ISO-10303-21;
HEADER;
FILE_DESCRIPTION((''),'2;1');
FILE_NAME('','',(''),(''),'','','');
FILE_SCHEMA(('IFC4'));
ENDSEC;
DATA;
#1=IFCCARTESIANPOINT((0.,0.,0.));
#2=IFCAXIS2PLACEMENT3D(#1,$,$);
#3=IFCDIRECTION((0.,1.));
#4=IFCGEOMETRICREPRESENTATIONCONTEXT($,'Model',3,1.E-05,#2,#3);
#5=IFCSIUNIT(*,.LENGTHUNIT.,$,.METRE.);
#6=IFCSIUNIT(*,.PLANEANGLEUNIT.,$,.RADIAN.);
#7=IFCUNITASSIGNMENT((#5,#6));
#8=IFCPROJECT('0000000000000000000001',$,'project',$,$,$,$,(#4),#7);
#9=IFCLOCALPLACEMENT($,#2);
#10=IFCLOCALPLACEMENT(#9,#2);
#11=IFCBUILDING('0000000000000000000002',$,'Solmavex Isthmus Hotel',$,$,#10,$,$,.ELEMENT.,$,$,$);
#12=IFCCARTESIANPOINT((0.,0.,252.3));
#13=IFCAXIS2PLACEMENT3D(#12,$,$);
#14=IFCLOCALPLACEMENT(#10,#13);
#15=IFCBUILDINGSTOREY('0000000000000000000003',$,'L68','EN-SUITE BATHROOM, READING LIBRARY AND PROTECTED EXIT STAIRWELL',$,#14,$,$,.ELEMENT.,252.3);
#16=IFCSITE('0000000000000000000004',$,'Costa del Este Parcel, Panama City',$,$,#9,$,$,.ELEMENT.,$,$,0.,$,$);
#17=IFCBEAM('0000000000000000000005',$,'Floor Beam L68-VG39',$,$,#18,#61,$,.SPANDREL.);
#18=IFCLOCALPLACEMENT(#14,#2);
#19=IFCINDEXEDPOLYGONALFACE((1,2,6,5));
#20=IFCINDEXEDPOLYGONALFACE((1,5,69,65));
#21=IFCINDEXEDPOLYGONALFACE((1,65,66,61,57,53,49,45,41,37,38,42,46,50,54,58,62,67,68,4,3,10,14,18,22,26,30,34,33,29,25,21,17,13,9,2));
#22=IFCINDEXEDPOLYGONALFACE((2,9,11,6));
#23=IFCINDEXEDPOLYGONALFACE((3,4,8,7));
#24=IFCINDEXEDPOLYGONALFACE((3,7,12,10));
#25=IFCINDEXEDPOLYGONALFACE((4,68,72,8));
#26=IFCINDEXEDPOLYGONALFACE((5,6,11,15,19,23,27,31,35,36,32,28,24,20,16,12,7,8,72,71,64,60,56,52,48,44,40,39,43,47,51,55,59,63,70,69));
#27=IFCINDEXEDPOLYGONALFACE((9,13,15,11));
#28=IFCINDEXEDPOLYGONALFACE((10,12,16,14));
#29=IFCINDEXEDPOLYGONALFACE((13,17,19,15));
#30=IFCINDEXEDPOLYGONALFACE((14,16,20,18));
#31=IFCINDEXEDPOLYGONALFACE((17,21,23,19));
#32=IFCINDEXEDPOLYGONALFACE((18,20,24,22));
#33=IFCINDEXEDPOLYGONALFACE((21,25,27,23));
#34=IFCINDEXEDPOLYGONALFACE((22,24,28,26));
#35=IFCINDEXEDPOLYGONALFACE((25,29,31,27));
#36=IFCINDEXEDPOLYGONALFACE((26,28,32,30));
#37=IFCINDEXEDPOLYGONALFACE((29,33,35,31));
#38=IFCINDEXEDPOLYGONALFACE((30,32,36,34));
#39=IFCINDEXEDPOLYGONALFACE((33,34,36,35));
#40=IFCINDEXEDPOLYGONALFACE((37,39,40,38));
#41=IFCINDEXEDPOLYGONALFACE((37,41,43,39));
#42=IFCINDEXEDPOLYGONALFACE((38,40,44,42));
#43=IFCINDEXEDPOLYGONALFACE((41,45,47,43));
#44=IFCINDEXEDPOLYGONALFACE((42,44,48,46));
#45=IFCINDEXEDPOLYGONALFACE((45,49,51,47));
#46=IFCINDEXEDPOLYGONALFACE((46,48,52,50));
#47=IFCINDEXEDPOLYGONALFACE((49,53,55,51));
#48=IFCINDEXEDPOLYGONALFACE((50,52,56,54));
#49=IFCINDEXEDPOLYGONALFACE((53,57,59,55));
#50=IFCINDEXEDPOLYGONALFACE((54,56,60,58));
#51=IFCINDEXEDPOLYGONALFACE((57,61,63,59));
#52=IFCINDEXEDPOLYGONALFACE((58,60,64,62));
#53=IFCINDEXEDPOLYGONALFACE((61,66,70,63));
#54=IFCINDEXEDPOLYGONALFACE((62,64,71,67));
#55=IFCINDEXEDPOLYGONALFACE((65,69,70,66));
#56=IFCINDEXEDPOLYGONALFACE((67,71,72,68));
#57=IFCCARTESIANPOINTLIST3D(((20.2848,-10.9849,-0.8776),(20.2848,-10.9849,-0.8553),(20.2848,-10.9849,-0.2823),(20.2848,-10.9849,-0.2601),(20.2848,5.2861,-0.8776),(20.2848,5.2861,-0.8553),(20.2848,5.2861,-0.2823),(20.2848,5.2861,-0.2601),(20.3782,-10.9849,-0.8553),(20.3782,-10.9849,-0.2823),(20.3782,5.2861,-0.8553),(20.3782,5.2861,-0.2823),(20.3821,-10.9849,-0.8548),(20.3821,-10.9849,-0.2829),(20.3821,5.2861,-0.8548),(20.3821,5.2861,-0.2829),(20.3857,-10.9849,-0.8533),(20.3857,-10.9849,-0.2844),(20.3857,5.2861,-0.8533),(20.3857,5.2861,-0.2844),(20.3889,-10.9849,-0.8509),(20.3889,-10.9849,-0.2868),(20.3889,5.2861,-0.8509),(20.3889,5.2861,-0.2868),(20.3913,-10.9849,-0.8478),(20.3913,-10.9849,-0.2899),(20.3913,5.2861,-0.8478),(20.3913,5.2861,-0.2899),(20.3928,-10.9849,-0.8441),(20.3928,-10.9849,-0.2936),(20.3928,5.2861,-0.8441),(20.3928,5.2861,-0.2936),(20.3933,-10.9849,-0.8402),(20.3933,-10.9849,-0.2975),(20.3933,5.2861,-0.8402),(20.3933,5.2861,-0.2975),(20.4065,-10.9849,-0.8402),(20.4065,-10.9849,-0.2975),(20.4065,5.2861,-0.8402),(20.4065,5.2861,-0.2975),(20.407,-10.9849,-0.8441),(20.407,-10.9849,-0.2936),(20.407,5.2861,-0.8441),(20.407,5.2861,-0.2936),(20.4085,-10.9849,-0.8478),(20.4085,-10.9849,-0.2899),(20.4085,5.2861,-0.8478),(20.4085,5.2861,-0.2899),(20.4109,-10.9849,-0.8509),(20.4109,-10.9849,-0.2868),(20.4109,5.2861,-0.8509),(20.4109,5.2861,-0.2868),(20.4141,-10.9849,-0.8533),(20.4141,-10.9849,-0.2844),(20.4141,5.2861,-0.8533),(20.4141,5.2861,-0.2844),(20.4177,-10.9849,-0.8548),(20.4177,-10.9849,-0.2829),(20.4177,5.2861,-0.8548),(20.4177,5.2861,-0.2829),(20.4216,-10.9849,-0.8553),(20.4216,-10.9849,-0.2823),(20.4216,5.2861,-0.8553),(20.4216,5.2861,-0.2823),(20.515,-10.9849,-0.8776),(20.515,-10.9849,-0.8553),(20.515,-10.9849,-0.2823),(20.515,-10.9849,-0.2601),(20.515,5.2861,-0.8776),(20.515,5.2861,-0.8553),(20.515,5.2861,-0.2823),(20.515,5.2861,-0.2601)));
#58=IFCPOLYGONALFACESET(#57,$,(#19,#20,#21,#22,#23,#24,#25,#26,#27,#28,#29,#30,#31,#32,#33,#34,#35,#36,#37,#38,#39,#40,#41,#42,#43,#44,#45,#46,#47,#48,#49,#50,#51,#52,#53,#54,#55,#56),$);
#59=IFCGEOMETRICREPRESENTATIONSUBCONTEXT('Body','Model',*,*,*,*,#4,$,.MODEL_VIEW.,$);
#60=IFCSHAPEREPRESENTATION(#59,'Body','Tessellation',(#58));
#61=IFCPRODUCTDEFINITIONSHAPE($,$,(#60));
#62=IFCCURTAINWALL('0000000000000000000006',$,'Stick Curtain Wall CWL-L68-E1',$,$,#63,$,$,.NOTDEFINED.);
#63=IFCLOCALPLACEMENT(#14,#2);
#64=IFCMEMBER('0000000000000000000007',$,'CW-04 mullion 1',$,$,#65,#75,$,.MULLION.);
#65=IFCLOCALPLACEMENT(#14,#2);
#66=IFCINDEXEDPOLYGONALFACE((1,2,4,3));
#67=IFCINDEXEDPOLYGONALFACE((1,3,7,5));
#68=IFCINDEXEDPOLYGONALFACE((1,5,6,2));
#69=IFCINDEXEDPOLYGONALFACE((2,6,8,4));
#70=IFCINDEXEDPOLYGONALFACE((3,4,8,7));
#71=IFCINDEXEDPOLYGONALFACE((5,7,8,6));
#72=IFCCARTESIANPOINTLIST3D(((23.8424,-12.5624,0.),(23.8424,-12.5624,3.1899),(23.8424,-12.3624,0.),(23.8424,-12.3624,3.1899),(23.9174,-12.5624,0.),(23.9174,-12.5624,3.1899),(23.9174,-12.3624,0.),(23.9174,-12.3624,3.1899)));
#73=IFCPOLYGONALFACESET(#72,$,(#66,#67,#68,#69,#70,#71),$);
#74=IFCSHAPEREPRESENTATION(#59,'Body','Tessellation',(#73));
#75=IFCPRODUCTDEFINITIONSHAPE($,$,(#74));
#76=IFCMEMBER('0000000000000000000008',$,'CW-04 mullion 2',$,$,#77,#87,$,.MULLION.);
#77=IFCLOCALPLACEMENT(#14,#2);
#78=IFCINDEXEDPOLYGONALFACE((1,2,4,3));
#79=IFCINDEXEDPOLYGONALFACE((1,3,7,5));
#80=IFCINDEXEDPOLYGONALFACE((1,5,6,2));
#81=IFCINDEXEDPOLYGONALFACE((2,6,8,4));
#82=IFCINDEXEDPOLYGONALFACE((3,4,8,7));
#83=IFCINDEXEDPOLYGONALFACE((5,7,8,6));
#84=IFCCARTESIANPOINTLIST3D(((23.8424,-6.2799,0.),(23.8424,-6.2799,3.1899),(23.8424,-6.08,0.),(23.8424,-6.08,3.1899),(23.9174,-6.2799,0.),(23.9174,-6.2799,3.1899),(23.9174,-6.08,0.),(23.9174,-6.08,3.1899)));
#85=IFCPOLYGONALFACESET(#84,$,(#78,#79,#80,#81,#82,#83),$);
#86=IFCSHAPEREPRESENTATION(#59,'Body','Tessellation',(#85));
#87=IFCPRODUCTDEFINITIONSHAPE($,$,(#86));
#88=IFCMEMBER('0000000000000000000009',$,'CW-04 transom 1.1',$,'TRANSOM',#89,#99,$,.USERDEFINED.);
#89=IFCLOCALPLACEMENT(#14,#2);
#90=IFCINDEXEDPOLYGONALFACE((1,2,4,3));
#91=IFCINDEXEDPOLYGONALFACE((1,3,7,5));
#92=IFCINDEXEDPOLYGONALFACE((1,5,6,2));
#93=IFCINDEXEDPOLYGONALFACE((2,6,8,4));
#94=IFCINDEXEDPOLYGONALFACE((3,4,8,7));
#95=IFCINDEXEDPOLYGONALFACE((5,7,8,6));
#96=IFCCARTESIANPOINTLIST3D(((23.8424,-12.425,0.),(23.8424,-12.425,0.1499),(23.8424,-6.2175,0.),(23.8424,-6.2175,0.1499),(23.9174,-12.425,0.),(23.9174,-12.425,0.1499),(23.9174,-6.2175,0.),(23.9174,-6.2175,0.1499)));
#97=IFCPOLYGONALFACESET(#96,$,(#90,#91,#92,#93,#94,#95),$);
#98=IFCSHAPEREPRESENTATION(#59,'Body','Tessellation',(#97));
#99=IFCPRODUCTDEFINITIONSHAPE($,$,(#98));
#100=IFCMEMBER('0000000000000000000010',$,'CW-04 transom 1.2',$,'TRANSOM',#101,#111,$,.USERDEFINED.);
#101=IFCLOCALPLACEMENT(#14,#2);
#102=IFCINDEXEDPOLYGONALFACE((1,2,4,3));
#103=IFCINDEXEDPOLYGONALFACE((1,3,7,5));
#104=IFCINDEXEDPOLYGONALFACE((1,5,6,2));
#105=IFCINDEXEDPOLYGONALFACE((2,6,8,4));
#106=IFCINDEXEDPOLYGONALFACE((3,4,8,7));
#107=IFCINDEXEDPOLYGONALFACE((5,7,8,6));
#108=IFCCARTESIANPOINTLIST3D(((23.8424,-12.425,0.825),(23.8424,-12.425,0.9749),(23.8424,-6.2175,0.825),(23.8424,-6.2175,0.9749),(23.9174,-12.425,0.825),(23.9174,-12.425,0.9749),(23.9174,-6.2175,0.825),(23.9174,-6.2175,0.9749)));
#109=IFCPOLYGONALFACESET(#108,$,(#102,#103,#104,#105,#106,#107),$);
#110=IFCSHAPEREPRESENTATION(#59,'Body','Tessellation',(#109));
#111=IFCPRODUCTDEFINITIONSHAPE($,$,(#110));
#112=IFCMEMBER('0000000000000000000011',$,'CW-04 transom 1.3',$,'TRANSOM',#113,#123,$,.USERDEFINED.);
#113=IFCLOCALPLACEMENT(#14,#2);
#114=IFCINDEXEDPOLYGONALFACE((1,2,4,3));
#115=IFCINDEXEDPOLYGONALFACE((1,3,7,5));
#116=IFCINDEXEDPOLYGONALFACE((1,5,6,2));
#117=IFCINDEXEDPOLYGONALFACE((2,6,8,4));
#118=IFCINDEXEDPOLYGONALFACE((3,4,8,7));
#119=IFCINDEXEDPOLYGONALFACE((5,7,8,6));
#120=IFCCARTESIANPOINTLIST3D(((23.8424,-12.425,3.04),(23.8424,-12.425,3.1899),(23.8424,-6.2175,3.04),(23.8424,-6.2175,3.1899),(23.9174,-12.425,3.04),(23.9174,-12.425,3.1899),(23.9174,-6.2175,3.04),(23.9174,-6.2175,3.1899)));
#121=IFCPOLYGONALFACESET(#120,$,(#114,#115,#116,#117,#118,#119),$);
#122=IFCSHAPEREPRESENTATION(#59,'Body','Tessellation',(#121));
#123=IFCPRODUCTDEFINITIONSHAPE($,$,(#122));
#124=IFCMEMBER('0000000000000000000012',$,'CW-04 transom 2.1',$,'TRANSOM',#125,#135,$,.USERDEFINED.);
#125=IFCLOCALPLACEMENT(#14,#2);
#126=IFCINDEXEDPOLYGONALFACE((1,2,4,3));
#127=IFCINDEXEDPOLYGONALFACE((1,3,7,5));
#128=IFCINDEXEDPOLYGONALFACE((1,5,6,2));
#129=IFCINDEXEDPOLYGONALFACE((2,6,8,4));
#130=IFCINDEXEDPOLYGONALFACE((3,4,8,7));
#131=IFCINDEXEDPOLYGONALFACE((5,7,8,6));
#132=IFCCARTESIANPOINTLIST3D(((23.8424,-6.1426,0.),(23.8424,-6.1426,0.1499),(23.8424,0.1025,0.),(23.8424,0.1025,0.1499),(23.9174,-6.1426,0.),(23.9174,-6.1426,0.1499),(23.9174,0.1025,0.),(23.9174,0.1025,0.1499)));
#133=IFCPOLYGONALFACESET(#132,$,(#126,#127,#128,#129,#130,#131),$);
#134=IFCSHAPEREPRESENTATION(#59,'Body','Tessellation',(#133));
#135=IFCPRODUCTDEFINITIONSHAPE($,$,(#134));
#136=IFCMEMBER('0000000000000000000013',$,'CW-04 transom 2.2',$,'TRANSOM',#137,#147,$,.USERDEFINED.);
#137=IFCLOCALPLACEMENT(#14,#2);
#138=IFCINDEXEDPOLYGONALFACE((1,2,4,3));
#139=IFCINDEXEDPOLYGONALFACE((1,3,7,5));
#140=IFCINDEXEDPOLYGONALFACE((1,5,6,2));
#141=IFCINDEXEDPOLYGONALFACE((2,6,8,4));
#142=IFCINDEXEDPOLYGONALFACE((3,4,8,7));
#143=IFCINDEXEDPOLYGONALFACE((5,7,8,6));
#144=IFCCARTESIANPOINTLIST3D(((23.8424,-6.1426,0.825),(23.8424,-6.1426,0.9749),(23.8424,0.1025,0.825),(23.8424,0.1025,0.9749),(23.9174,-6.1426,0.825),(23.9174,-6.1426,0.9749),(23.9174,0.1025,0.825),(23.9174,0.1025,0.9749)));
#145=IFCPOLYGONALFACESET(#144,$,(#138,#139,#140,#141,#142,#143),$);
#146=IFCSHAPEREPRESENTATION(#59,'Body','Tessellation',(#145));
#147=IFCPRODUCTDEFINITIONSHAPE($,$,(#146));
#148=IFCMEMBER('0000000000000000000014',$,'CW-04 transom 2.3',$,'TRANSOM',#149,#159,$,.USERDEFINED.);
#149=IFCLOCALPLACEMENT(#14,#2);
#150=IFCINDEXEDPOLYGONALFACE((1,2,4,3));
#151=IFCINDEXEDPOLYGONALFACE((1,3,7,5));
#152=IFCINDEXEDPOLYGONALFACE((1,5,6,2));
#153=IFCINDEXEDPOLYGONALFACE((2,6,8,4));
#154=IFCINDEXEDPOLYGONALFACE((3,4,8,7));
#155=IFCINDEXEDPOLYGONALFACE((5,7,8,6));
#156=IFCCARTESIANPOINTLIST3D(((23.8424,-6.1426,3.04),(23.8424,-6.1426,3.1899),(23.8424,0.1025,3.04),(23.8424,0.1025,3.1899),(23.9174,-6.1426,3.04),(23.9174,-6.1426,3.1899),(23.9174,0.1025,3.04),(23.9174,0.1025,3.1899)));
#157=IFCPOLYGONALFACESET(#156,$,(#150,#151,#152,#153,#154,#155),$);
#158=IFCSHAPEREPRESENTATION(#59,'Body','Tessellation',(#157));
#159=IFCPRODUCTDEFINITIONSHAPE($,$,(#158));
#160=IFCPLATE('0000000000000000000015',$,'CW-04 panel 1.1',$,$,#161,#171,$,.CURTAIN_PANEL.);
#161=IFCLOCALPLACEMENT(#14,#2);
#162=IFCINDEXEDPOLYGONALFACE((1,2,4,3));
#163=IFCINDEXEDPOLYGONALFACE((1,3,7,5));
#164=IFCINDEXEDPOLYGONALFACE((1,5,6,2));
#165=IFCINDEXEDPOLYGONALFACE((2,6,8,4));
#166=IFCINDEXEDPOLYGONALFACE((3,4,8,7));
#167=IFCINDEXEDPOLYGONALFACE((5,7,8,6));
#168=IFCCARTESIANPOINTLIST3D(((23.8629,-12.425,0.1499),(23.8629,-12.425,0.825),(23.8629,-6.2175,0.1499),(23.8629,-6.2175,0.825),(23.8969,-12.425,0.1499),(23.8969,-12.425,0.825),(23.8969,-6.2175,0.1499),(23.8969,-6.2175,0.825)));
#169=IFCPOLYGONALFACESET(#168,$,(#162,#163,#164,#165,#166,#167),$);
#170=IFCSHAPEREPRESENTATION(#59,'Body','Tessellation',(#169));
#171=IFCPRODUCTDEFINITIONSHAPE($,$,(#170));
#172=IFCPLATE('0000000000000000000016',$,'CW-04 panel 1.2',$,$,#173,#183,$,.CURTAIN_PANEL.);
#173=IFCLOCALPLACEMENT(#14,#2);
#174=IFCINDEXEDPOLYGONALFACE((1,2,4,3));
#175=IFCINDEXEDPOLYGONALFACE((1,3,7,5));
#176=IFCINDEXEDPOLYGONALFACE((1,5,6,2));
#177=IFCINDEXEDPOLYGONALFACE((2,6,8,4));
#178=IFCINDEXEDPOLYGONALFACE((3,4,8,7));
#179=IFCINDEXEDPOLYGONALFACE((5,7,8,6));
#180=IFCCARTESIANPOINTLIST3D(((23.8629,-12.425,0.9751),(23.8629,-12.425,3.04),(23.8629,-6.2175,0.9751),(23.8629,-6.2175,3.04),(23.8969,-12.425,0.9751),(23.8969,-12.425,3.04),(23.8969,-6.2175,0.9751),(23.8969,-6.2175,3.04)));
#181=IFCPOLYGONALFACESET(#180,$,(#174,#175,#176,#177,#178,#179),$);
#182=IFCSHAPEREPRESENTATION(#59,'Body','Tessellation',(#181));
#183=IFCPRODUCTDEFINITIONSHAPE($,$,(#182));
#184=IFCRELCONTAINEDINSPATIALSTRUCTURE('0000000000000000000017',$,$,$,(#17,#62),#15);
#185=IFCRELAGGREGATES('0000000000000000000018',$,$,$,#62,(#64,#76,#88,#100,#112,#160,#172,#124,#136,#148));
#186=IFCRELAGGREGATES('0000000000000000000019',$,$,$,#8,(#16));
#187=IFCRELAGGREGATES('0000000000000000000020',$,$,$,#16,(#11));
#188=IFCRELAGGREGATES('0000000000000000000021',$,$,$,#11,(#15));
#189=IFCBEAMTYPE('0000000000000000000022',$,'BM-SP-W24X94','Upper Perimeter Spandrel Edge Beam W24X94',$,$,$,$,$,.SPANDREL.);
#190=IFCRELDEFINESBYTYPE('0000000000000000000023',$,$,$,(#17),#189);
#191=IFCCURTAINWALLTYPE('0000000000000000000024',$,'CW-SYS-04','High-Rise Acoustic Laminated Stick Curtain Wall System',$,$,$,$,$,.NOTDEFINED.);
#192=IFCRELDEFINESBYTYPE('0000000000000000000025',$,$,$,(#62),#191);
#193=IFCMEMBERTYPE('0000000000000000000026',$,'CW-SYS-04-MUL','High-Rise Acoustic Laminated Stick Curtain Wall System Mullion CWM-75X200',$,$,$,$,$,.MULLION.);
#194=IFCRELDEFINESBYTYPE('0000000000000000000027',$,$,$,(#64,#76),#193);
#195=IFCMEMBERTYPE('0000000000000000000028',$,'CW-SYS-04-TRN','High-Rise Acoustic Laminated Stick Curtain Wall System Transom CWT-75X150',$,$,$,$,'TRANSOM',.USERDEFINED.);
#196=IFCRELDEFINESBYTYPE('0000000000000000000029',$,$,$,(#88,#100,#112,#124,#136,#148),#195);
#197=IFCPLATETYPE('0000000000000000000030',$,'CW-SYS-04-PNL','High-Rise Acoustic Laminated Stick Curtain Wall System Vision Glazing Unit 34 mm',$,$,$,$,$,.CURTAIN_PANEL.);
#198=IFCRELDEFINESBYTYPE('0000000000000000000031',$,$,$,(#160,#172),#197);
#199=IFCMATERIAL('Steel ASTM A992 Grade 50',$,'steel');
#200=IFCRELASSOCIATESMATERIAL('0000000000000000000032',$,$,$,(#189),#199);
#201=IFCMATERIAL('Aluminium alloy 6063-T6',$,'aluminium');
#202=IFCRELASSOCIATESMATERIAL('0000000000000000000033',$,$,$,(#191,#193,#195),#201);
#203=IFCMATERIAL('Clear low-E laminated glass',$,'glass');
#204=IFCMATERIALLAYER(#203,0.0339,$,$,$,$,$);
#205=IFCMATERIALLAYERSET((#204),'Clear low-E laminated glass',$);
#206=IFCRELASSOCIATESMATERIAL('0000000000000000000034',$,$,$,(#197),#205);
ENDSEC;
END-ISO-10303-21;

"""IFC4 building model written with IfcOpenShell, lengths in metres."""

from ifc_helpers import new_model, si_unit, direction, frame, origin, origin_2d, place, context, subcontext, project, spatial, rectangle, i_section, extrude, material, layer, layer_set, material_profile, profile_set, type_object, element, aggregate, save


model = new_model("IFC4")

# Units and contexts
model_context = context("Model", 3, precision=1e-05, world=origin(), true_north=direction((0.0, 1.0)))
body_context = subcontext(model_context, "Body", "Model", "MODEL_VIEW")
ifc_project = project(units=[si_unit("LENGTHUNIT", "METRE"), si_unit("PLANEANGLEUNIT", "RADIAN")], contexts=[model_context])

# Site, building, storey
site_placement = place(None, origin())
site = spatial("IfcSite", under=ifc_project, at=site_placement, Name="Costa del Este Parcel, Panama City", CompositionType="ELEMENT", RefElevation=0.0)
building_placement = place(site_placement, origin())
building = spatial("IfcBuilding", under=site, at=building_placement, Name="Solmavex Isthmus Hotel", CompositionType="ELEMENT")
storey_placement = place(building_placement, frame((0.0, 0.0, 252.3)))
storey = spatial("IfcBuildingStorey", under=building, at=storey_placement, Name="L68", Description="EN-SUITE BATHROOM, READING LIBRARY AND PROTECTED EXIT STAIRWELL", CompositionType="ELEMENT", Elevation=252.3)

# Beam
ifc_material_1 = material(Name="Steel ASTM A992 Grade 50", Category="steel")
ifc_material_profile_1 = material_profile(ifc_material_1, i_section(OverallWidth=0.2302, OverallDepth=0.6174, WebThickness=0.0132, FlangeThickness=0.0222, FilletRadius=0.0151, at=origin_2d()), Name="W24X94")
ifc_profile_set_1 = profile_set([ifc_material_profile_1], Name="Steel ASTM A992 Grade 50")
beam_type_1 = type_object("IfcBeamType", Name="BM-SP-W24X94", Description="Upper Perimeter Spandrel Edge Beam W24X94", PredefinedType="SPANDREL", material=ifc_profile_set_1)
beam_1_placement = place(storey_placement, frame((20.3999, -10.9849, -0.5688), z_axis=(0.0, 1.0, 0.0), x_axis=(-1.0, 0.0, 0.0)))
element("IfcBeam", 1, at=beam_1_placement, inside=storey, type_object=beam_type_1, Name="Floor Beam L68-VG39", PredefinedType="SPANDREL", context=body_context, shape_type="SweptSolid", body=[
    extrude(i_section(OverallWidth=0.2302, OverallDepth=0.6174, WebThickness=0.0132, FlangeThickness=0.0222, FilletRadius=0.0151, at=origin_2d()), origin(), (0.0, 0.0, 1.0), 16.271),
])

# Curtain wall, members, plates
ifc_material_2 = material(Name="Aluminium alloy 6063-T6", Category="aluminium")
curtain_wall_type = type_object("IfcCurtainWallType", Name="CW-SYS-04", Description="High-Rise Acoustic Laminated Stick Curtain Wall System", PredefinedType="NOTDEFINED", material=ifc_material_2)
curtain_wall_placement = place(storey_placement, origin())
curtain_wall = element("IfcCurtainWall", 2, at=curtain_wall_placement, inside=storey, type_object=curtain_wall_type, Name="Stick Curtain Wall CWL-L68-E1", PredefinedType="NOTDEFINED")
ifc_material_profile_2 = material_profile(ifc_material_2, rectangle(XDim=0.075, YDim=0.2, at=origin_2d()), Name="CWM-75X200")
ifc_profile_set_2 = profile_set([ifc_material_profile_2], Name="Aluminium alloy 6063-T6")
member_type_1 = type_object("IfcMemberType", Name="CW-SYS-04-MUL", Description="High-Rise Acoustic Laminated Stick Curtain Wall System Mullion CWM-75X200", PredefinedType="MULLION", material=ifc_profile_set_2)
member_1_placement = place(storey_placement, frame((23.8799, -12.4624, 0.0), z_axis=(0.0, 0.0, 1.0), x_axis=(-1.0, 0.0, 0.0)))
member_1 = element("IfcMember", 3, at=member_1_placement, type_object=member_type_1, Name="CW-04 mullion 1", PredefinedType="MULLION", context=body_context, shape_type="SweptSolid", body=[
    extrude(rectangle(XDim=0.075, YDim=0.2, at=origin_2d()), origin(), (0.0, 0.0, 1.0), 3.1899),
])
member_2_placement = place(storey_placement, frame((23.8799, -6.1799, 0.0), z_axis=(0.0, 0.0, 1.0), x_axis=(-1.0, 0.0, 0.0)))
member_2 = element("IfcMember", 4, at=member_2_placement, type_object=member_type_1, Name="CW-04 mullion 2", PredefinedType="MULLION", context=body_context, shape_type="SweptSolid", body=[
    extrude(rectangle(XDim=0.075, YDim=0.2, at=origin_2d()), origin(), (0.0, 0.0, 1.0), 3.1899),
])
ifc_material_profile_3 = material_profile(ifc_material_2, rectangle(XDim=0.075, YDim=0.1499, at=origin_2d()), Name="CWT-75X150")
ifc_profile_set_3 = profile_set([ifc_material_profile_3], Name="Aluminium alloy 6063-T6")
member_type_2 = type_object("IfcMemberType", Name="CW-SYS-04-TRN", Description="High-Rise Acoustic Laminated Stick Curtain Wall System Transom CWT-75X150", ElementType="TRANSOM", PredefinedType="USERDEFINED", material=ifc_profile_set_3)
member_3_placement = place(storey_placement, frame((23.8799, -12.425, 0.075), z_axis=(0.0, 1.0, 0.0), x_axis=(-1.0, 0.0, 0.0)))
member_3 = element("IfcMember", 5, at=member_3_placement, type_object=member_type_2, Name="CW-04 transom 1.1", ObjectType="TRANSOM", PredefinedType="USERDEFINED", context=body_context, shape_type="SweptSolid", body=[
    extrude(rectangle(XDim=0.075, YDim=0.1499, at=origin_2d()), origin(), (0.0, 0.0, 1.0), 6.2075),
])
member_4_placement = place(storey_placement, frame((23.8799, -12.425, 0.8999), z_axis=(0.0, 1.0, 0.0), x_axis=(-1.0, 0.0, 0.0)))
member_4 = element("IfcMember", 6, at=member_4_placement, type_object=member_type_2, Name="CW-04 transom 1.2", ObjectType="TRANSOM", PredefinedType="USERDEFINED", context=body_context, shape_type="SweptSolid", body=[
    extrude(rectangle(XDim=0.075, YDim=0.1499, at=origin_2d()), origin(), (0.0, 0.0, 1.0), 6.2075),
])
member_5_placement = place(storey_placement, frame((23.8799, -12.425, 3.115), z_axis=(0.0, 1.0, 0.0), x_axis=(-1.0, 0.0, 0.0)))
member_5 = element("IfcMember", 7, at=member_5_placement, type_object=member_type_2, Name="CW-04 transom 1.3", ObjectType="TRANSOM", PredefinedType="USERDEFINED", context=body_context, shape_type="SweptSolid", body=[
    extrude(rectangle(XDim=0.075, YDim=0.1499, at=origin_2d()), origin(), (0.0, 0.0, 1.0), 6.2075),
])
member_6_placement = place(storey_placement, frame((23.8799, -6.1426, 0.075), z_axis=(0.0, 1.0, 0.0), x_axis=(-1.0, 0.0, 0.0)))
member_6 = element("IfcMember", 8, at=member_6_placement, type_object=member_type_2, Name="CW-04 transom 2.1", ObjectType="TRANSOM", PredefinedType="USERDEFINED", context=body_context, shape_type="SweptSolid", body=[
    extrude(rectangle(XDim=0.075, YDim=0.1499, at=origin_2d()), origin(), (0.0, 0.0, 1.0), 6.2451),
])
member_7_placement = place(storey_placement, frame((23.8799, -6.1426, 0.8999), z_axis=(0.0, 1.0, 0.0), x_axis=(-1.0, 0.0, 0.0)))
member_7 = element("IfcMember", 9, at=member_7_placement, type_object=member_type_2, Name="CW-04 transom 2.2", ObjectType="TRANSOM", PredefinedType="USERDEFINED", context=body_context, shape_type="SweptSolid", body=[
    extrude(rectangle(XDim=0.075, YDim=0.1499, at=origin_2d()), origin(), (0.0, 0.0, 1.0), 6.2451),
])
member_8_placement = place(storey_placement, frame((23.8799, -6.1426, 3.115), z_axis=(0.0, 1.0, 0.0), x_axis=(-1.0, 0.0, 0.0)))
member_8 = element("IfcMember", 10, at=member_8_placement, type_object=member_type_2, Name="CW-04 transom 2.3", ObjectType="TRANSOM", PredefinedType="USERDEFINED", context=body_context, shape_type="SweptSolid", body=[
    extrude(rectangle(XDim=0.075, YDim=0.1499, at=origin_2d()), origin(), (0.0, 0.0, 1.0), 6.2451),
])
ifc_material_3 = material(Name="Clear low-E laminated glass", Category="glass")
ifc_layer_1 = layer(ifc_material_3, 0.0339)
ifc_layer_set_1 = layer_set([ifc_layer_1], Name="Clear low-E laminated glass")
plate_type = type_object("IfcPlateType", Name="CW-SYS-04-PNL", Description="High-Rise Acoustic Laminated Stick Curtain Wall System Vision Glazing Unit 34 mm", PredefinedType="CURTAIN_PANEL", material=ifc_layer_set_1)
plate_1_placement = place(storey_placement, frame((23.8799, -9.3213, 0.1499), z_axis=(0.0, 0.0, 1.0), x_axis=(0.0, 1.0, 0.0)))
plate_1 = element("IfcPlate", 11, at=plate_1_placement, type_object=plate_type, Name="CW-04 panel 1.1", PredefinedType="CURTAIN_PANEL", context=body_context, shape_type="SweptSolid", body=[
    extrude(rectangle(XDim=6.2075, YDim=0.0339, at=origin_2d()), origin(), (0.0, 0.0, 1.0), 0.675),
])
plate_2_placement = place(storey_placement, frame((23.8799, -9.3213, 0.9751), z_axis=(0.0, 0.0, 1.0), x_axis=(0.0, 1.0, 0.0)))
plate_2 = element("IfcPlate", 12, at=plate_2_placement, type_object=plate_type, Name="CW-04 panel 1.2", PredefinedType="CURTAIN_PANEL", context=body_context, shape_type="SweptSolid", body=[
    extrude(rectangle(XDim=6.2075, YDim=0.0339, at=origin_2d()), origin(), (0.0, 0.0, 1.0), 2.0649),
])
aggregate(curtain_wall, [member_1, member_2, member_3, member_4, member_5, plate_1, plate_2, member_6, member_7, member_8])

save(model, "model.ifc")
